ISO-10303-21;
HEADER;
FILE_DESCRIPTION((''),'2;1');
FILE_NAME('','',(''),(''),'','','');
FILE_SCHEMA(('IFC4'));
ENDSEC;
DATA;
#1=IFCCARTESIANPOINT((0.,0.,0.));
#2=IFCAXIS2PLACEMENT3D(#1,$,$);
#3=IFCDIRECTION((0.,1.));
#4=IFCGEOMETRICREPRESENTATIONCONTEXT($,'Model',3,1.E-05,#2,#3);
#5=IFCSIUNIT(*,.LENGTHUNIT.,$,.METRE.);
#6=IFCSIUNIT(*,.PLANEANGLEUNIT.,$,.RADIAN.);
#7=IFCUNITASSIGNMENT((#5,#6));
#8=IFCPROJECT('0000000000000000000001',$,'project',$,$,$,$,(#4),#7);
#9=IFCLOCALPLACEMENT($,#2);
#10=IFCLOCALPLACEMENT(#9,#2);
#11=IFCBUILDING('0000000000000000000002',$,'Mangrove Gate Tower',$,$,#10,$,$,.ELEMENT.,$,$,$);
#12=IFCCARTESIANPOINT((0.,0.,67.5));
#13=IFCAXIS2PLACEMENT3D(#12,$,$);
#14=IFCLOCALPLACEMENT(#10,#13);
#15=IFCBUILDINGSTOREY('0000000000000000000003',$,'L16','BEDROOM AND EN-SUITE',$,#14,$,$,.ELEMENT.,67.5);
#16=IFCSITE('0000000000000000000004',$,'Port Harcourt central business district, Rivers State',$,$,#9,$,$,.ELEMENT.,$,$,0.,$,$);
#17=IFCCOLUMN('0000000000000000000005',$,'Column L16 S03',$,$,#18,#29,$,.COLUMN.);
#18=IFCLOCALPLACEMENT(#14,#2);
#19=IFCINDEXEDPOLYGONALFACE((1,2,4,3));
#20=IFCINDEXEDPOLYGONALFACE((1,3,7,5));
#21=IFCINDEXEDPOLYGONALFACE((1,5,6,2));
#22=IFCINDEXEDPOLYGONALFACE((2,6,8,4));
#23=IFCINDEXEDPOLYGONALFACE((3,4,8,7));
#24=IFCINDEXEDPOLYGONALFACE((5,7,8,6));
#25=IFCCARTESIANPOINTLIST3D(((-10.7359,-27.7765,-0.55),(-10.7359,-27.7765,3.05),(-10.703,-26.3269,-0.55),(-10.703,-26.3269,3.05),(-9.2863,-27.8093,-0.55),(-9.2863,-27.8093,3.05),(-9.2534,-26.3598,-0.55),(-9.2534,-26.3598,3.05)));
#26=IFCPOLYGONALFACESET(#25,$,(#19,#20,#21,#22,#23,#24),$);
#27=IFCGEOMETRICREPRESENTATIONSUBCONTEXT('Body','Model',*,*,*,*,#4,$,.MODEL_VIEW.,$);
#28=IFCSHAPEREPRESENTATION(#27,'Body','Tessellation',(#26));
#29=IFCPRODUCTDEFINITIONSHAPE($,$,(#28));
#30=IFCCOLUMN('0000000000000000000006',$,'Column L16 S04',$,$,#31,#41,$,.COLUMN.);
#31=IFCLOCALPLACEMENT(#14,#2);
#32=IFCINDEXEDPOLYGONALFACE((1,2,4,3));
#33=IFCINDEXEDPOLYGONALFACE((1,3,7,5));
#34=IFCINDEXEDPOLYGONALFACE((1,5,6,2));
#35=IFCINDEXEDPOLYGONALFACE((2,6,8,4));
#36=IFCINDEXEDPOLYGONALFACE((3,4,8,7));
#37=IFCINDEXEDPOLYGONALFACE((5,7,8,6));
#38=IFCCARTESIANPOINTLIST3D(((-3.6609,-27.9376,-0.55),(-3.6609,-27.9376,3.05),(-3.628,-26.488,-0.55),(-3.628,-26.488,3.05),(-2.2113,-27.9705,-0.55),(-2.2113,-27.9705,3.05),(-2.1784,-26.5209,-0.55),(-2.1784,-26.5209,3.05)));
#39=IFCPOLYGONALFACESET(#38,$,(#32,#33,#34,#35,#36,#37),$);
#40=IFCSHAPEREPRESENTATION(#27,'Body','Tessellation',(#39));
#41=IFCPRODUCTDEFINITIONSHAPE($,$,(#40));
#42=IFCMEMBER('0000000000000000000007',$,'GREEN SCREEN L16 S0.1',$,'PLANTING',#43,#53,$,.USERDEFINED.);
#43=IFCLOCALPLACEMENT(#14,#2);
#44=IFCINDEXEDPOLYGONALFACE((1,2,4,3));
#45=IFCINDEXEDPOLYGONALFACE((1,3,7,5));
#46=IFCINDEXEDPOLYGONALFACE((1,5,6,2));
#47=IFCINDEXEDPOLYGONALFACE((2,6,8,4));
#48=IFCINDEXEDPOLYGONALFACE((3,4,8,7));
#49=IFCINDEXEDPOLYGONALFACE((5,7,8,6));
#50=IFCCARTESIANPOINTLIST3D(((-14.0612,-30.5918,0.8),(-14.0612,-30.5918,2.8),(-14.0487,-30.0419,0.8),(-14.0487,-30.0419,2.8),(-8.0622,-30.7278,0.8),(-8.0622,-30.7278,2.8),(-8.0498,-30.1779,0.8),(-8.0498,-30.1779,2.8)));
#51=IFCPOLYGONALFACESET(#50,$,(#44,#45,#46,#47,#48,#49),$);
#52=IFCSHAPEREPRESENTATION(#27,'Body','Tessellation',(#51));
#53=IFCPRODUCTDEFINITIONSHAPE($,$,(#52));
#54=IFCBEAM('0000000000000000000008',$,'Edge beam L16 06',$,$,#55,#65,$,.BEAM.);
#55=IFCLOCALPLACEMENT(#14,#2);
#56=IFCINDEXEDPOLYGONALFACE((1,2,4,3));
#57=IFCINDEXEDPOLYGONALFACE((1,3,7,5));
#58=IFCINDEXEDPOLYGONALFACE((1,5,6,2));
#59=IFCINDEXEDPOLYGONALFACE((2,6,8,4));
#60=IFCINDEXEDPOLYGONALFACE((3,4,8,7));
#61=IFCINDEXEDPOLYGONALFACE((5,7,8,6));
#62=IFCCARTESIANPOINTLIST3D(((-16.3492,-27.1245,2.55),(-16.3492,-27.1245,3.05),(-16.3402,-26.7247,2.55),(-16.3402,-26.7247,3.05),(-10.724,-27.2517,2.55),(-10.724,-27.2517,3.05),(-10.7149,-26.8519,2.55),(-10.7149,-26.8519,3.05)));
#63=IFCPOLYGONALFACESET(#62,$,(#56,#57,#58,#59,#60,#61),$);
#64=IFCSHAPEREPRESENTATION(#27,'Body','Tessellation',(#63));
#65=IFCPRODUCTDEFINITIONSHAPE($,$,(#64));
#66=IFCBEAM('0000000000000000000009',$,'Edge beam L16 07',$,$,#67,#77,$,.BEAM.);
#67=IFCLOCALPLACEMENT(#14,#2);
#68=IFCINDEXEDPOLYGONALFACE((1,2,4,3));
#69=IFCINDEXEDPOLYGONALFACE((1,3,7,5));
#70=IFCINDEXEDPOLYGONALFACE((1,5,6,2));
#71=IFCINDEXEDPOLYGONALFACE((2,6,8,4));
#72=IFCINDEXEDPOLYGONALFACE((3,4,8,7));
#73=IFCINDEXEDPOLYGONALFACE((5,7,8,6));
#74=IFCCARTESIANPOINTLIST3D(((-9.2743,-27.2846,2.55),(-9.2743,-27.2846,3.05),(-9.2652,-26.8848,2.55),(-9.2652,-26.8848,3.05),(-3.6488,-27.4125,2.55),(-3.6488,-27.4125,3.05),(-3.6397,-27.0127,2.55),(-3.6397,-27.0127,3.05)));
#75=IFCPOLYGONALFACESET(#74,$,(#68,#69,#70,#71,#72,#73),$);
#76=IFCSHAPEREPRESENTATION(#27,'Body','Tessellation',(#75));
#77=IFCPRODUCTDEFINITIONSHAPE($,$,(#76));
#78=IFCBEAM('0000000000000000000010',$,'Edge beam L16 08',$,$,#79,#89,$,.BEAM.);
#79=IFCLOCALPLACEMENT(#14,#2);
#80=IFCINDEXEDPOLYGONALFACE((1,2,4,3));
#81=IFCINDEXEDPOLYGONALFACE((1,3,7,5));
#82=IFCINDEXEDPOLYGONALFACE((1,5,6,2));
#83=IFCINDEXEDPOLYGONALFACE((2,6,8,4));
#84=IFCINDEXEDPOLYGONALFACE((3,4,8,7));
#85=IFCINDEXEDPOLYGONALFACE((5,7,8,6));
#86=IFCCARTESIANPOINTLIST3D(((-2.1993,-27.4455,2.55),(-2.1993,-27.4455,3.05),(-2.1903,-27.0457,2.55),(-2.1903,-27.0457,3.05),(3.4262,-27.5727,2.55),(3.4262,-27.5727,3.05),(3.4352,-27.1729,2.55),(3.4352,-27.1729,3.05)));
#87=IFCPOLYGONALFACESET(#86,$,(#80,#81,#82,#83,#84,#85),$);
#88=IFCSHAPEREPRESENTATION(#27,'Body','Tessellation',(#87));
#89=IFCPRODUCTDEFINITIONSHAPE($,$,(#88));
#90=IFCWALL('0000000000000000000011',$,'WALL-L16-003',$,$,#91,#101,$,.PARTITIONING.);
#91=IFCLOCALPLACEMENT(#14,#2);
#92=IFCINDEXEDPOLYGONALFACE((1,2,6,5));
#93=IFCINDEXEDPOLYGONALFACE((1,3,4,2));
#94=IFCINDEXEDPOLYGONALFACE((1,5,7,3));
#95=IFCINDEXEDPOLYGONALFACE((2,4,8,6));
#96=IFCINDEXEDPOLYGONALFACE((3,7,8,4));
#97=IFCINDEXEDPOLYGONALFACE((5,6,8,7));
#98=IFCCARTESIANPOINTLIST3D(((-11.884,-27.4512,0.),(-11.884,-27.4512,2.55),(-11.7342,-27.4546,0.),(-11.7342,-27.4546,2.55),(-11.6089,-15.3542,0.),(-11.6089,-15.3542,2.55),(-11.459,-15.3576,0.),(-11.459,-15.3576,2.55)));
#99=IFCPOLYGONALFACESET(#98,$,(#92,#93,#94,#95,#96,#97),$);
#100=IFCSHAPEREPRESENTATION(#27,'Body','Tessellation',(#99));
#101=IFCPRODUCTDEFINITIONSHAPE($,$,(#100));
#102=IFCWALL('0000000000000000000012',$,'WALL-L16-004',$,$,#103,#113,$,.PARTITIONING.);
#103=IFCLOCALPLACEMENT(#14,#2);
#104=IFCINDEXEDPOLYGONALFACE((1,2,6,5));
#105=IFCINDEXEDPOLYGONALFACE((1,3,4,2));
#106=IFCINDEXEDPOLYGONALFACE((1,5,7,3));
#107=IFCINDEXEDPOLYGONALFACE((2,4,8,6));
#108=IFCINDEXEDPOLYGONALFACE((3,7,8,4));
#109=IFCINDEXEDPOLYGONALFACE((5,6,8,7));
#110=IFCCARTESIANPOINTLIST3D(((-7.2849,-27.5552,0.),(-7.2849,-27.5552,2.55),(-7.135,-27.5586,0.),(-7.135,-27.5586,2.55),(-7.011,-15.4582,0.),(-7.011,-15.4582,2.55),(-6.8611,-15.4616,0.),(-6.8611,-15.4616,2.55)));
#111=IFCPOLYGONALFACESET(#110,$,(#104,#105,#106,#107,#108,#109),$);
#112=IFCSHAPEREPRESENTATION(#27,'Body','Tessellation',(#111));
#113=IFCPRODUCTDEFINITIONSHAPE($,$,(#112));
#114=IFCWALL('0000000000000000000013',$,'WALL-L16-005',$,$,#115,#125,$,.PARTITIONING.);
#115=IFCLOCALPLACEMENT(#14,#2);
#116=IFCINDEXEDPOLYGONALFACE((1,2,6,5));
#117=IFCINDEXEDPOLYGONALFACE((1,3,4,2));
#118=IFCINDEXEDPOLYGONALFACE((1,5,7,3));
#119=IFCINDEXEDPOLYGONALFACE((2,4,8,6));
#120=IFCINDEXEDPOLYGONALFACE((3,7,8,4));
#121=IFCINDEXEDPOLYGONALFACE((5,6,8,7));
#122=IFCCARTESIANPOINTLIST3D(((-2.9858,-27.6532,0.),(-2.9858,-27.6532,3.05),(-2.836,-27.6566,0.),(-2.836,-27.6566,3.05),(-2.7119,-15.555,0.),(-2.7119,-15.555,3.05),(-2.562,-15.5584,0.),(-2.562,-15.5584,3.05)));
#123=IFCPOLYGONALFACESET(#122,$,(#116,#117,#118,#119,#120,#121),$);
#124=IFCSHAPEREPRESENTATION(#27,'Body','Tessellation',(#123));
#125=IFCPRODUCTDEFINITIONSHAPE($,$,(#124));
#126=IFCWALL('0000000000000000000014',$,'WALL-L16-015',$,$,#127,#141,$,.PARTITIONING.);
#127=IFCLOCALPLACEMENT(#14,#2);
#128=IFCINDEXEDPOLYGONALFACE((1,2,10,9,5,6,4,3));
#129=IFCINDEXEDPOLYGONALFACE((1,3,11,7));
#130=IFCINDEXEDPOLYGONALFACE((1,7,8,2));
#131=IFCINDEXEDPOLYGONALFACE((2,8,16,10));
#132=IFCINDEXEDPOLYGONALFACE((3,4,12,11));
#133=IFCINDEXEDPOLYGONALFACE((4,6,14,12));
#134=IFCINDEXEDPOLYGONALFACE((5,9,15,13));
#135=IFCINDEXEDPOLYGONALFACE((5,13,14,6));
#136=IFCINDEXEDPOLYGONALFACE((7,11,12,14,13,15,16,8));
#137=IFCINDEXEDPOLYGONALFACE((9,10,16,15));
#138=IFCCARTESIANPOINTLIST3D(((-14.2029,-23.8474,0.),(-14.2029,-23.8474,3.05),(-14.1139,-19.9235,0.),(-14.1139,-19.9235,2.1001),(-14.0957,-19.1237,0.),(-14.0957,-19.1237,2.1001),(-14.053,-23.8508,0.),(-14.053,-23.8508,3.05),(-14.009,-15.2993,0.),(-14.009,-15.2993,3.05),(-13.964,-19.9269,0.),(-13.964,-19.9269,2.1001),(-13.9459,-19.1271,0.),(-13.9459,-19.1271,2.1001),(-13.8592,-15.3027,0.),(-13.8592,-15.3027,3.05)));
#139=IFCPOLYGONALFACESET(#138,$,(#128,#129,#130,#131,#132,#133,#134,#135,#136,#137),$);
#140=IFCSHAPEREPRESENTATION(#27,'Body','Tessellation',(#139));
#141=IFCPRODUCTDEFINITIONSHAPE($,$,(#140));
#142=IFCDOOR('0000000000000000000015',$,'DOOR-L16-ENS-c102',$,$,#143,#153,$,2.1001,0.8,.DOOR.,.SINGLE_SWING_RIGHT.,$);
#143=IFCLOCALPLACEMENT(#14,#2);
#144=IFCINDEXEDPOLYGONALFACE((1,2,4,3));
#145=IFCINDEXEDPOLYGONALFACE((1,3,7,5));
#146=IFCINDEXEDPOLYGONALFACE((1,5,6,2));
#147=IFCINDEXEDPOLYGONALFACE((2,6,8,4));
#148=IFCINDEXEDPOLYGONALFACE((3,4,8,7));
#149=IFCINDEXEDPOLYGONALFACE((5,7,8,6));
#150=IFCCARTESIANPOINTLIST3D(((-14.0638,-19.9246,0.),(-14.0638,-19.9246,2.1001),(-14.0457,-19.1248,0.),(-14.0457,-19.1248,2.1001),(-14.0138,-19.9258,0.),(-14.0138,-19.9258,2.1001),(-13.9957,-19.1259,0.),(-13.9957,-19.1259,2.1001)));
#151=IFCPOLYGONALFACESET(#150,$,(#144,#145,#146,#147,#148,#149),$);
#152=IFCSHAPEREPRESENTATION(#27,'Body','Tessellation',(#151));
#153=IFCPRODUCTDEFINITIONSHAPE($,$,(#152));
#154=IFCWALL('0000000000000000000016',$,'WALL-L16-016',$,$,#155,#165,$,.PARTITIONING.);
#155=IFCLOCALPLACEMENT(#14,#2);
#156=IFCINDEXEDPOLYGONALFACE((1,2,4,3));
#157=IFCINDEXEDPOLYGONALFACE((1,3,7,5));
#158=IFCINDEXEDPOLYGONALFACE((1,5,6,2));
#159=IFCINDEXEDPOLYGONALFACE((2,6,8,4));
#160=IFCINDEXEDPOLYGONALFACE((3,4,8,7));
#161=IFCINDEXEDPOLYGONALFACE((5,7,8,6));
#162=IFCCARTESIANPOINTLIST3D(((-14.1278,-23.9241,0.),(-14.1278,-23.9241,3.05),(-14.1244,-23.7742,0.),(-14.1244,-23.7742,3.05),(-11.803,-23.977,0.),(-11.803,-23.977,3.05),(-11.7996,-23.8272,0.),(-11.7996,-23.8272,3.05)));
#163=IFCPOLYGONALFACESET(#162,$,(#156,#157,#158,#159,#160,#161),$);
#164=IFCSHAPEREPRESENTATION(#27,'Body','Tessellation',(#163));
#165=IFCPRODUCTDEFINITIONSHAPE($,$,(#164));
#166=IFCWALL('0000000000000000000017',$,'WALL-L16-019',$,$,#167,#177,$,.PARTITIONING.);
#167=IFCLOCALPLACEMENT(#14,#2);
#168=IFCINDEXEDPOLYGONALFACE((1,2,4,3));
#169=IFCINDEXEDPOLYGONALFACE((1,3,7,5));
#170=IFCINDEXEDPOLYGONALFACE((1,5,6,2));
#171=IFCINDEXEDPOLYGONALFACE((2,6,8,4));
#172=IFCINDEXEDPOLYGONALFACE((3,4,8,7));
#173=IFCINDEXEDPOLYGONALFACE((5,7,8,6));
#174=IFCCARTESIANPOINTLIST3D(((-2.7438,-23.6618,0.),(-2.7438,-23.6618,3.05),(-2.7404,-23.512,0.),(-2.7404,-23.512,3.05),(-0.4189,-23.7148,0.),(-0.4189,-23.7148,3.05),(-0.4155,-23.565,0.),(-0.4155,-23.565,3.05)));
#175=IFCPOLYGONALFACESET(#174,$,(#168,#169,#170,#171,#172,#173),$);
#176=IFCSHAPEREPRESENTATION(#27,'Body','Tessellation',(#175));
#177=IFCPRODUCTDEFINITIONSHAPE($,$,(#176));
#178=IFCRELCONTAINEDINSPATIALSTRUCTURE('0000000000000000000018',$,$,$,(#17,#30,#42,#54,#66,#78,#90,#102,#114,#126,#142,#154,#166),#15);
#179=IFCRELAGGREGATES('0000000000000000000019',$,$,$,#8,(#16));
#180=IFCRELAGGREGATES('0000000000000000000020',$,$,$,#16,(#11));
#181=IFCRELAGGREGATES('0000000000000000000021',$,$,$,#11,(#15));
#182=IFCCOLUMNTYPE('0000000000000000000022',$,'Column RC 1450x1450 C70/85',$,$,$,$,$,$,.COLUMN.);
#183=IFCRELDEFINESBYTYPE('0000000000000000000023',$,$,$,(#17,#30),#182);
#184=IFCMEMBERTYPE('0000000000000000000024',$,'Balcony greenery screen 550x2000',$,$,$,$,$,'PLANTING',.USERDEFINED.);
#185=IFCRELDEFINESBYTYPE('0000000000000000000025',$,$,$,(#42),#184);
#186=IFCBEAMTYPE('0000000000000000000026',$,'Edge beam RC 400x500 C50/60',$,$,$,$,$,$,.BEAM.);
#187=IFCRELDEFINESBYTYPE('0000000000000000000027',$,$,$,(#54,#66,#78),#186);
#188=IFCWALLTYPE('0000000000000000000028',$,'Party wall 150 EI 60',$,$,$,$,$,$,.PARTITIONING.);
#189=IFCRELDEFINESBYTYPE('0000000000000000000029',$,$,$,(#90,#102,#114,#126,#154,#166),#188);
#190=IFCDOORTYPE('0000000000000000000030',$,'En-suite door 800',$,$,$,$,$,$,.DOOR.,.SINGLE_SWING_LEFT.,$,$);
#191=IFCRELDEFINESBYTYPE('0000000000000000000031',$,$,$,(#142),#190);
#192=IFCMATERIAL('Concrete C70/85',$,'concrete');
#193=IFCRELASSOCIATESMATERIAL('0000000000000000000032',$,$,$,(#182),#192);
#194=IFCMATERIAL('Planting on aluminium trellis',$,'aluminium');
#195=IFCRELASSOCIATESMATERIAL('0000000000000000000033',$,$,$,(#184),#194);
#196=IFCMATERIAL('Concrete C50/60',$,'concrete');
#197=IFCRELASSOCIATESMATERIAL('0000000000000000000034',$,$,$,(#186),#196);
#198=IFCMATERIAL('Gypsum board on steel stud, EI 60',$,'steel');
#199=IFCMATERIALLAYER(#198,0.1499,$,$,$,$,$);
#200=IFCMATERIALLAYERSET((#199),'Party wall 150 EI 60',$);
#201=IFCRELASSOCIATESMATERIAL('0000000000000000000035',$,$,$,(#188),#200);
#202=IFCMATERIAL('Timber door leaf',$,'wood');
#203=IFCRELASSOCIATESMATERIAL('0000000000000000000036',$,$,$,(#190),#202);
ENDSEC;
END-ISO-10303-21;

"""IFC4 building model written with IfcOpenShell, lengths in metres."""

from ifc_helpers import new_model, si_unit, direction, frame, frame_2d, origin, origin_2d, place, context, subcontext, project, spatial, rectangle, extrude, material, layer, layer_set, material_profile, profile_set, type_object, element, fill, save


model = new_model("IFC4")

# Units and contexts
model_context = context("Model", 3, precision=1e-05, world=origin(), true_north=direction((0.0, 1.0)))
body_context = subcontext(model_context, "Body", "Model", "MODEL_VIEW")
ifc_project = project(units=[si_unit("LENGTHUNIT", "METRE"), si_unit("PLANEANGLEUNIT", "RADIAN")], contexts=[model_context])

# Site, building, storey
site_placement = place(None, origin())
site = spatial("IfcSite", under=ifc_project, at=site_placement, Name="Port Harcourt central business district, Rivers State", CompositionType="ELEMENT", RefElevation=0.0)
building_placement = place(site_placement, origin())
building = spatial("IfcBuilding", under=site, at=building_placement, Name="Mangrove Gate Tower", CompositionType="ELEMENT")
storey_placement = place(building_placement, frame((0.0, 0.0, 67.5)))
storey = spatial("IfcBuildingStorey", under=building, at=storey_placement, Name="L16", Description="BEDROOM AND EN-SUITE", CompositionType="ELEMENT", Elevation=67.5)

# Columns
ifc_material_1 = material(Name="Concrete C70/85", Category="concrete")
ifc_material_profile_1 = material_profile(ifc_material_1, rectangle(XDim=1.45, YDim=1.45, at=origin_2d()))
ifc_profile_set_1 = profile_set([ifc_material_profile_1], Name="Concrete C70/85")
column_type = type_object("IfcColumnType", Name="Column RC 1450x1450 C70/85", PredefinedType="COLUMN", material=ifc_profile_set_1)
for number, where, z_axis, x_axis, name in (
    (1, (-9.9946, -27.0681, -0.55), (0.0, 0.0, 1.0), (0.999743, -0.02268, 0.0), "Column L16 S03"),
    (2, (-2.9197, -27.2292, -0.55), (0.0, 0.0, 1.0), (0.999743, -0.02268, 0.0), "Column L16 S04"),
):
    element("IfcColumn", number, at=place(storey_placement, frame(where, z_axis=z_axis, x_axis=x_axis)), inside=storey, type_object=column_type, Name=name, PredefinedType="COLUMN", context=body_context, shape_type="SweptSolid", body=[
        extrude(rectangle(XDim=1.45, YDim=1.45, at=origin_2d()), origin(), (0.0, 0.0, 1.0), 3.6001),
    ])

# Member
ifc_material_2 = material(Name="Planting on aluminium trellis", Category="aluminium")
ifc_material_profile_2 = material_profile(ifc_material_2, rectangle(XDim=0.55, YDim=2.0, at=origin_2d()))
ifc_profile_set_2 = profile_set([ifc_material_profile_2], Name="Planting on aluminium trellis")
member_type = type_object("IfcMemberType", Name="Balcony greenery screen 550x2000", ElementType="PLANTING", PredefinedType="USERDEFINED", material=ifc_profile_set_2)
member_placement = place(storey_placement, frame((-14.0549, -30.3169, 1.8), z_axis=(0.999743, -0.022662, 0.0), x_axis=(0.022662, 0.999743, 0.0)))
element("IfcMember", 3, at=member_placement, inside=storey, type_object=member_type, Name="GREEN SCREEN L16 S0.1", ObjectType="PLANTING", PredefinedType="USERDEFINED", context=body_context, shape_type="SweptSolid", body=[
    extrude(rectangle(XDim=0.55, YDim=2.0, at=origin_2d()), origin(), (0.0, 0.0, 1.0), 6.0005),
])

# Beams
ifc_material_3 = material(Name="Concrete C50/60", Category="concrete")
ifc_material_profile_3 = material_profile(ifc_material_3, rectangle(XDim=0.3999, YDim=0.5, at=origin_2d()))
ifc_profile_set_3 = profile_set([ifc_material_profile_3], Name="Concrete C50/60")
beam_type = type_object("IfcBeamType", Name="Edge beam RC 400x500 C50/60", PredefinedType="BEAM", material=ifc_profile_set_3)
beam_placement = place(storey_placement, frame((-16.3447, -26.9246, 2.8), z_axis=(0.999744, -0.022606, 0.0), x_axis=(0.022606, 0.999744, 0.0)))
element("IfcBeam", 4, at=beam_placement, inside=storey, type_object=beam_type, Name="Edge beam L16 06", PredefinedType="BEAM", context=body_context, shape_type="SweptSolid", body=[
    extrude(rectangle(XDim=0.3999, YDim=0.5, at=origin_2d()), origin(), (0.0, 0.0, 1.0), 5.6267),
])
for number, where, z_axis, x_axis, name in (
    (5, (-9.2698, -27.0847, 2.8), (0.999742, -0.022735, 0.0), (0.022735, 0.999742, 0.0), "Edge beam L16 07"),
    (6, (-2.1948, -27.2456, 2.8), (0.999744, -0.022605, 0.0), (0.022605, 0.999744, 0.0), "Edge beam L16 08"),
):
    element("IfcBeam", number, at=place(storey_placement, frame(where, z_axis=z_axis, x_axis=x_axis)), inside=storey, type_object=beam_type, Name=name, PredefinedType="BEAM", context=body_context, shape_type="SweptSolid", body=[
        extrude(rectangle(XDim=0.3999, YDim=0.5, at=origin_2d()), origin(), (0.0, 0.0, 1.0), 5.627),
    ])

# Walls
ifc_material_4 = material(Name="Gypsum board on steel stud, EI 60", Category="steel")
ifc_layer_1 = layer(ifc_material_4, 0.1499)
ifc_layer_set_1 = layer_set([ifc_layer_1], Name="Party wall 150 EI 60")
wall_type_1 = type_object("IfcWallType", Name="Party wall 150 EI 60", PredefinedType="PARTITIONING", material=ifc_layer_set_1)
for number, where, z_axis, x_axis, name in (
    (7, (-11.8091, -27.4529, 0.0), (0.0, 0.0, 1.0), (0.022739, 0.999741, 0.0), "WALL-L16-003"),
    (8, (-7.21, -27.5569, 0.0), (0.0, 0.0, 1.0), (0.022638, 0.999744, 0.0), "WALL-L16-004"),
):
    element("IfcWall", number, at=place(storey_placement, frame(where, z_axis=z_axis, x_axis=x_axis)), inside=storey, type_object=wall_type_1, Name=name, PredefinedType="PARTITIONING", context=body_context, shape_type="SweptSolid", body=[
        extrude(rectangle(XDim=12.1001, YDim=0.1499, at=frame_2d((6.05, 0.0))), origin(), (0.0, 0.0, 1.0), 2.55),
    ])
wall_1_placement = place(storey_placement, frame((-2.9109, -27.655, 0.0), z_axis=(0.0, 0.0, 1.0), x_axis=(0.022636, 0.999744, 0.0)))
element("IfcWall", 9, at=wall_1_placement, inside=storey, type_object=wall_type_1, Name="WALL-L16-005", PredefinedType="PARTITIONING", context=body_context, shape_type="SweptSolid", body=[
    extrude(rectangle(XDim=12.1013, YDim=0.1499, at=frame_2d((6.0508, 0.0))), origin(), (0.0, 0.0, 1.0), 3.05),
])

# Wall, opening, door
wall_2_placement = place(storey_placement, frame((-14.1279, -23.8491, 0.0), z_axis=(0.0, 0.0, 1.0), x_axis=(0.022671, 0.999743, 0.0)))
wall_2 = element("IfcWall", 10, at=wall_2_placement, inside=storey, type_object=wall_type_1, Name="WALL-L16-015", PredefinedType="PARTITIONING", context=body_context, shape_type="SweptSolid", body=[
    extrude(rectangle(XDim=8.5503, YDim=0.1499, at=frame_2d((4.2751, 0.0))), origin(), (0.0, 0.0, 1.0), 3.05),
])
opening_1_placement = place(wall_2_placement, frame((3.925, 0.0, 0.0)))
opening_1 = element("IfcOpeningElement", 11, at=opening_1_placement, cuts=wall_2, PredefinedType="OPENING", context=body_context, shape_type="SweptSolid", body=[
    extrude(rectangle(XDim=0.8, YDim=2.1001, at=frame_2d((0.3999, 1.05))), frame((0.0, 0.085, 0.0), z_axis=(0.0, -1.0, 0.0), x_axis=(1.0, 0.0, 0.0)), (0.0, 0.0, 1.0), 0.1699),
])
ifc_material_5 = material(Name="Timber door leaf", Category="wood")
door_type = type_object("IfcDoorType", Name="En-suite door 800", OperationType="SINGLE_SWING_LEFT", PredefinedType="DOOR", material=ifc_material_5)
door_1_placement = place(opening_1_placement, origin())
door_1 = element("IfcDoor", 12, at=door_1_placement, inside=storey, type_object=door_type, Name="DOOR-L16-ENS-c102", OperationType="SINGLE_SWING_RIGHT", OverallHeight=2.1001, OverallWidth=0.8, PredefinedType="DOOR", context=body_context, shape_type="SweptSolid", body=[
    extrude(rectangle(XDim=0.8, YDim=2.1001, at=frame_2d((0.3999, 1.05))), frame((0.0, 0.0249, 0.0), z_axis=(0.0, -1.0, 0.0), x_axis=(1.0, 0.0, 0.0)), (0.0, 0.0, 1.0), 0.05),
])
fill(opening_1, door_1)

# Walls
for number, where, z_axis, x_axis, name in (
    (13, (-14.126, -23.8491, 0.0), (0.0, 0.0, 1.0), (0.99974, -0.022781, 0.0), "WALL-L16-016"),
    (14, (-2.7419, -23.5869, 0.0), (0.0, 0.0, 1.0), (0.99974, -0.022781, 0.0), "WALL-L16-019"),
):
    element("IfcWall", number, at=place(storey_placement, frame(where, z_axis=z_axis, x_axis=x_axis)), inside=storey, type_object=wall_type_1, Name=name, PredefinedType="PARTITIONING", context=body_context, shape_type="SweptSolid", body=[
        extrude(rectangle(XDim=2.3254, YDim=0.1499, at=frame_2d((1.1626, 0.0))), origin(), (0.0, 0.0, 1.0), 3.05),
    ])

save(model, "model.ifc")
